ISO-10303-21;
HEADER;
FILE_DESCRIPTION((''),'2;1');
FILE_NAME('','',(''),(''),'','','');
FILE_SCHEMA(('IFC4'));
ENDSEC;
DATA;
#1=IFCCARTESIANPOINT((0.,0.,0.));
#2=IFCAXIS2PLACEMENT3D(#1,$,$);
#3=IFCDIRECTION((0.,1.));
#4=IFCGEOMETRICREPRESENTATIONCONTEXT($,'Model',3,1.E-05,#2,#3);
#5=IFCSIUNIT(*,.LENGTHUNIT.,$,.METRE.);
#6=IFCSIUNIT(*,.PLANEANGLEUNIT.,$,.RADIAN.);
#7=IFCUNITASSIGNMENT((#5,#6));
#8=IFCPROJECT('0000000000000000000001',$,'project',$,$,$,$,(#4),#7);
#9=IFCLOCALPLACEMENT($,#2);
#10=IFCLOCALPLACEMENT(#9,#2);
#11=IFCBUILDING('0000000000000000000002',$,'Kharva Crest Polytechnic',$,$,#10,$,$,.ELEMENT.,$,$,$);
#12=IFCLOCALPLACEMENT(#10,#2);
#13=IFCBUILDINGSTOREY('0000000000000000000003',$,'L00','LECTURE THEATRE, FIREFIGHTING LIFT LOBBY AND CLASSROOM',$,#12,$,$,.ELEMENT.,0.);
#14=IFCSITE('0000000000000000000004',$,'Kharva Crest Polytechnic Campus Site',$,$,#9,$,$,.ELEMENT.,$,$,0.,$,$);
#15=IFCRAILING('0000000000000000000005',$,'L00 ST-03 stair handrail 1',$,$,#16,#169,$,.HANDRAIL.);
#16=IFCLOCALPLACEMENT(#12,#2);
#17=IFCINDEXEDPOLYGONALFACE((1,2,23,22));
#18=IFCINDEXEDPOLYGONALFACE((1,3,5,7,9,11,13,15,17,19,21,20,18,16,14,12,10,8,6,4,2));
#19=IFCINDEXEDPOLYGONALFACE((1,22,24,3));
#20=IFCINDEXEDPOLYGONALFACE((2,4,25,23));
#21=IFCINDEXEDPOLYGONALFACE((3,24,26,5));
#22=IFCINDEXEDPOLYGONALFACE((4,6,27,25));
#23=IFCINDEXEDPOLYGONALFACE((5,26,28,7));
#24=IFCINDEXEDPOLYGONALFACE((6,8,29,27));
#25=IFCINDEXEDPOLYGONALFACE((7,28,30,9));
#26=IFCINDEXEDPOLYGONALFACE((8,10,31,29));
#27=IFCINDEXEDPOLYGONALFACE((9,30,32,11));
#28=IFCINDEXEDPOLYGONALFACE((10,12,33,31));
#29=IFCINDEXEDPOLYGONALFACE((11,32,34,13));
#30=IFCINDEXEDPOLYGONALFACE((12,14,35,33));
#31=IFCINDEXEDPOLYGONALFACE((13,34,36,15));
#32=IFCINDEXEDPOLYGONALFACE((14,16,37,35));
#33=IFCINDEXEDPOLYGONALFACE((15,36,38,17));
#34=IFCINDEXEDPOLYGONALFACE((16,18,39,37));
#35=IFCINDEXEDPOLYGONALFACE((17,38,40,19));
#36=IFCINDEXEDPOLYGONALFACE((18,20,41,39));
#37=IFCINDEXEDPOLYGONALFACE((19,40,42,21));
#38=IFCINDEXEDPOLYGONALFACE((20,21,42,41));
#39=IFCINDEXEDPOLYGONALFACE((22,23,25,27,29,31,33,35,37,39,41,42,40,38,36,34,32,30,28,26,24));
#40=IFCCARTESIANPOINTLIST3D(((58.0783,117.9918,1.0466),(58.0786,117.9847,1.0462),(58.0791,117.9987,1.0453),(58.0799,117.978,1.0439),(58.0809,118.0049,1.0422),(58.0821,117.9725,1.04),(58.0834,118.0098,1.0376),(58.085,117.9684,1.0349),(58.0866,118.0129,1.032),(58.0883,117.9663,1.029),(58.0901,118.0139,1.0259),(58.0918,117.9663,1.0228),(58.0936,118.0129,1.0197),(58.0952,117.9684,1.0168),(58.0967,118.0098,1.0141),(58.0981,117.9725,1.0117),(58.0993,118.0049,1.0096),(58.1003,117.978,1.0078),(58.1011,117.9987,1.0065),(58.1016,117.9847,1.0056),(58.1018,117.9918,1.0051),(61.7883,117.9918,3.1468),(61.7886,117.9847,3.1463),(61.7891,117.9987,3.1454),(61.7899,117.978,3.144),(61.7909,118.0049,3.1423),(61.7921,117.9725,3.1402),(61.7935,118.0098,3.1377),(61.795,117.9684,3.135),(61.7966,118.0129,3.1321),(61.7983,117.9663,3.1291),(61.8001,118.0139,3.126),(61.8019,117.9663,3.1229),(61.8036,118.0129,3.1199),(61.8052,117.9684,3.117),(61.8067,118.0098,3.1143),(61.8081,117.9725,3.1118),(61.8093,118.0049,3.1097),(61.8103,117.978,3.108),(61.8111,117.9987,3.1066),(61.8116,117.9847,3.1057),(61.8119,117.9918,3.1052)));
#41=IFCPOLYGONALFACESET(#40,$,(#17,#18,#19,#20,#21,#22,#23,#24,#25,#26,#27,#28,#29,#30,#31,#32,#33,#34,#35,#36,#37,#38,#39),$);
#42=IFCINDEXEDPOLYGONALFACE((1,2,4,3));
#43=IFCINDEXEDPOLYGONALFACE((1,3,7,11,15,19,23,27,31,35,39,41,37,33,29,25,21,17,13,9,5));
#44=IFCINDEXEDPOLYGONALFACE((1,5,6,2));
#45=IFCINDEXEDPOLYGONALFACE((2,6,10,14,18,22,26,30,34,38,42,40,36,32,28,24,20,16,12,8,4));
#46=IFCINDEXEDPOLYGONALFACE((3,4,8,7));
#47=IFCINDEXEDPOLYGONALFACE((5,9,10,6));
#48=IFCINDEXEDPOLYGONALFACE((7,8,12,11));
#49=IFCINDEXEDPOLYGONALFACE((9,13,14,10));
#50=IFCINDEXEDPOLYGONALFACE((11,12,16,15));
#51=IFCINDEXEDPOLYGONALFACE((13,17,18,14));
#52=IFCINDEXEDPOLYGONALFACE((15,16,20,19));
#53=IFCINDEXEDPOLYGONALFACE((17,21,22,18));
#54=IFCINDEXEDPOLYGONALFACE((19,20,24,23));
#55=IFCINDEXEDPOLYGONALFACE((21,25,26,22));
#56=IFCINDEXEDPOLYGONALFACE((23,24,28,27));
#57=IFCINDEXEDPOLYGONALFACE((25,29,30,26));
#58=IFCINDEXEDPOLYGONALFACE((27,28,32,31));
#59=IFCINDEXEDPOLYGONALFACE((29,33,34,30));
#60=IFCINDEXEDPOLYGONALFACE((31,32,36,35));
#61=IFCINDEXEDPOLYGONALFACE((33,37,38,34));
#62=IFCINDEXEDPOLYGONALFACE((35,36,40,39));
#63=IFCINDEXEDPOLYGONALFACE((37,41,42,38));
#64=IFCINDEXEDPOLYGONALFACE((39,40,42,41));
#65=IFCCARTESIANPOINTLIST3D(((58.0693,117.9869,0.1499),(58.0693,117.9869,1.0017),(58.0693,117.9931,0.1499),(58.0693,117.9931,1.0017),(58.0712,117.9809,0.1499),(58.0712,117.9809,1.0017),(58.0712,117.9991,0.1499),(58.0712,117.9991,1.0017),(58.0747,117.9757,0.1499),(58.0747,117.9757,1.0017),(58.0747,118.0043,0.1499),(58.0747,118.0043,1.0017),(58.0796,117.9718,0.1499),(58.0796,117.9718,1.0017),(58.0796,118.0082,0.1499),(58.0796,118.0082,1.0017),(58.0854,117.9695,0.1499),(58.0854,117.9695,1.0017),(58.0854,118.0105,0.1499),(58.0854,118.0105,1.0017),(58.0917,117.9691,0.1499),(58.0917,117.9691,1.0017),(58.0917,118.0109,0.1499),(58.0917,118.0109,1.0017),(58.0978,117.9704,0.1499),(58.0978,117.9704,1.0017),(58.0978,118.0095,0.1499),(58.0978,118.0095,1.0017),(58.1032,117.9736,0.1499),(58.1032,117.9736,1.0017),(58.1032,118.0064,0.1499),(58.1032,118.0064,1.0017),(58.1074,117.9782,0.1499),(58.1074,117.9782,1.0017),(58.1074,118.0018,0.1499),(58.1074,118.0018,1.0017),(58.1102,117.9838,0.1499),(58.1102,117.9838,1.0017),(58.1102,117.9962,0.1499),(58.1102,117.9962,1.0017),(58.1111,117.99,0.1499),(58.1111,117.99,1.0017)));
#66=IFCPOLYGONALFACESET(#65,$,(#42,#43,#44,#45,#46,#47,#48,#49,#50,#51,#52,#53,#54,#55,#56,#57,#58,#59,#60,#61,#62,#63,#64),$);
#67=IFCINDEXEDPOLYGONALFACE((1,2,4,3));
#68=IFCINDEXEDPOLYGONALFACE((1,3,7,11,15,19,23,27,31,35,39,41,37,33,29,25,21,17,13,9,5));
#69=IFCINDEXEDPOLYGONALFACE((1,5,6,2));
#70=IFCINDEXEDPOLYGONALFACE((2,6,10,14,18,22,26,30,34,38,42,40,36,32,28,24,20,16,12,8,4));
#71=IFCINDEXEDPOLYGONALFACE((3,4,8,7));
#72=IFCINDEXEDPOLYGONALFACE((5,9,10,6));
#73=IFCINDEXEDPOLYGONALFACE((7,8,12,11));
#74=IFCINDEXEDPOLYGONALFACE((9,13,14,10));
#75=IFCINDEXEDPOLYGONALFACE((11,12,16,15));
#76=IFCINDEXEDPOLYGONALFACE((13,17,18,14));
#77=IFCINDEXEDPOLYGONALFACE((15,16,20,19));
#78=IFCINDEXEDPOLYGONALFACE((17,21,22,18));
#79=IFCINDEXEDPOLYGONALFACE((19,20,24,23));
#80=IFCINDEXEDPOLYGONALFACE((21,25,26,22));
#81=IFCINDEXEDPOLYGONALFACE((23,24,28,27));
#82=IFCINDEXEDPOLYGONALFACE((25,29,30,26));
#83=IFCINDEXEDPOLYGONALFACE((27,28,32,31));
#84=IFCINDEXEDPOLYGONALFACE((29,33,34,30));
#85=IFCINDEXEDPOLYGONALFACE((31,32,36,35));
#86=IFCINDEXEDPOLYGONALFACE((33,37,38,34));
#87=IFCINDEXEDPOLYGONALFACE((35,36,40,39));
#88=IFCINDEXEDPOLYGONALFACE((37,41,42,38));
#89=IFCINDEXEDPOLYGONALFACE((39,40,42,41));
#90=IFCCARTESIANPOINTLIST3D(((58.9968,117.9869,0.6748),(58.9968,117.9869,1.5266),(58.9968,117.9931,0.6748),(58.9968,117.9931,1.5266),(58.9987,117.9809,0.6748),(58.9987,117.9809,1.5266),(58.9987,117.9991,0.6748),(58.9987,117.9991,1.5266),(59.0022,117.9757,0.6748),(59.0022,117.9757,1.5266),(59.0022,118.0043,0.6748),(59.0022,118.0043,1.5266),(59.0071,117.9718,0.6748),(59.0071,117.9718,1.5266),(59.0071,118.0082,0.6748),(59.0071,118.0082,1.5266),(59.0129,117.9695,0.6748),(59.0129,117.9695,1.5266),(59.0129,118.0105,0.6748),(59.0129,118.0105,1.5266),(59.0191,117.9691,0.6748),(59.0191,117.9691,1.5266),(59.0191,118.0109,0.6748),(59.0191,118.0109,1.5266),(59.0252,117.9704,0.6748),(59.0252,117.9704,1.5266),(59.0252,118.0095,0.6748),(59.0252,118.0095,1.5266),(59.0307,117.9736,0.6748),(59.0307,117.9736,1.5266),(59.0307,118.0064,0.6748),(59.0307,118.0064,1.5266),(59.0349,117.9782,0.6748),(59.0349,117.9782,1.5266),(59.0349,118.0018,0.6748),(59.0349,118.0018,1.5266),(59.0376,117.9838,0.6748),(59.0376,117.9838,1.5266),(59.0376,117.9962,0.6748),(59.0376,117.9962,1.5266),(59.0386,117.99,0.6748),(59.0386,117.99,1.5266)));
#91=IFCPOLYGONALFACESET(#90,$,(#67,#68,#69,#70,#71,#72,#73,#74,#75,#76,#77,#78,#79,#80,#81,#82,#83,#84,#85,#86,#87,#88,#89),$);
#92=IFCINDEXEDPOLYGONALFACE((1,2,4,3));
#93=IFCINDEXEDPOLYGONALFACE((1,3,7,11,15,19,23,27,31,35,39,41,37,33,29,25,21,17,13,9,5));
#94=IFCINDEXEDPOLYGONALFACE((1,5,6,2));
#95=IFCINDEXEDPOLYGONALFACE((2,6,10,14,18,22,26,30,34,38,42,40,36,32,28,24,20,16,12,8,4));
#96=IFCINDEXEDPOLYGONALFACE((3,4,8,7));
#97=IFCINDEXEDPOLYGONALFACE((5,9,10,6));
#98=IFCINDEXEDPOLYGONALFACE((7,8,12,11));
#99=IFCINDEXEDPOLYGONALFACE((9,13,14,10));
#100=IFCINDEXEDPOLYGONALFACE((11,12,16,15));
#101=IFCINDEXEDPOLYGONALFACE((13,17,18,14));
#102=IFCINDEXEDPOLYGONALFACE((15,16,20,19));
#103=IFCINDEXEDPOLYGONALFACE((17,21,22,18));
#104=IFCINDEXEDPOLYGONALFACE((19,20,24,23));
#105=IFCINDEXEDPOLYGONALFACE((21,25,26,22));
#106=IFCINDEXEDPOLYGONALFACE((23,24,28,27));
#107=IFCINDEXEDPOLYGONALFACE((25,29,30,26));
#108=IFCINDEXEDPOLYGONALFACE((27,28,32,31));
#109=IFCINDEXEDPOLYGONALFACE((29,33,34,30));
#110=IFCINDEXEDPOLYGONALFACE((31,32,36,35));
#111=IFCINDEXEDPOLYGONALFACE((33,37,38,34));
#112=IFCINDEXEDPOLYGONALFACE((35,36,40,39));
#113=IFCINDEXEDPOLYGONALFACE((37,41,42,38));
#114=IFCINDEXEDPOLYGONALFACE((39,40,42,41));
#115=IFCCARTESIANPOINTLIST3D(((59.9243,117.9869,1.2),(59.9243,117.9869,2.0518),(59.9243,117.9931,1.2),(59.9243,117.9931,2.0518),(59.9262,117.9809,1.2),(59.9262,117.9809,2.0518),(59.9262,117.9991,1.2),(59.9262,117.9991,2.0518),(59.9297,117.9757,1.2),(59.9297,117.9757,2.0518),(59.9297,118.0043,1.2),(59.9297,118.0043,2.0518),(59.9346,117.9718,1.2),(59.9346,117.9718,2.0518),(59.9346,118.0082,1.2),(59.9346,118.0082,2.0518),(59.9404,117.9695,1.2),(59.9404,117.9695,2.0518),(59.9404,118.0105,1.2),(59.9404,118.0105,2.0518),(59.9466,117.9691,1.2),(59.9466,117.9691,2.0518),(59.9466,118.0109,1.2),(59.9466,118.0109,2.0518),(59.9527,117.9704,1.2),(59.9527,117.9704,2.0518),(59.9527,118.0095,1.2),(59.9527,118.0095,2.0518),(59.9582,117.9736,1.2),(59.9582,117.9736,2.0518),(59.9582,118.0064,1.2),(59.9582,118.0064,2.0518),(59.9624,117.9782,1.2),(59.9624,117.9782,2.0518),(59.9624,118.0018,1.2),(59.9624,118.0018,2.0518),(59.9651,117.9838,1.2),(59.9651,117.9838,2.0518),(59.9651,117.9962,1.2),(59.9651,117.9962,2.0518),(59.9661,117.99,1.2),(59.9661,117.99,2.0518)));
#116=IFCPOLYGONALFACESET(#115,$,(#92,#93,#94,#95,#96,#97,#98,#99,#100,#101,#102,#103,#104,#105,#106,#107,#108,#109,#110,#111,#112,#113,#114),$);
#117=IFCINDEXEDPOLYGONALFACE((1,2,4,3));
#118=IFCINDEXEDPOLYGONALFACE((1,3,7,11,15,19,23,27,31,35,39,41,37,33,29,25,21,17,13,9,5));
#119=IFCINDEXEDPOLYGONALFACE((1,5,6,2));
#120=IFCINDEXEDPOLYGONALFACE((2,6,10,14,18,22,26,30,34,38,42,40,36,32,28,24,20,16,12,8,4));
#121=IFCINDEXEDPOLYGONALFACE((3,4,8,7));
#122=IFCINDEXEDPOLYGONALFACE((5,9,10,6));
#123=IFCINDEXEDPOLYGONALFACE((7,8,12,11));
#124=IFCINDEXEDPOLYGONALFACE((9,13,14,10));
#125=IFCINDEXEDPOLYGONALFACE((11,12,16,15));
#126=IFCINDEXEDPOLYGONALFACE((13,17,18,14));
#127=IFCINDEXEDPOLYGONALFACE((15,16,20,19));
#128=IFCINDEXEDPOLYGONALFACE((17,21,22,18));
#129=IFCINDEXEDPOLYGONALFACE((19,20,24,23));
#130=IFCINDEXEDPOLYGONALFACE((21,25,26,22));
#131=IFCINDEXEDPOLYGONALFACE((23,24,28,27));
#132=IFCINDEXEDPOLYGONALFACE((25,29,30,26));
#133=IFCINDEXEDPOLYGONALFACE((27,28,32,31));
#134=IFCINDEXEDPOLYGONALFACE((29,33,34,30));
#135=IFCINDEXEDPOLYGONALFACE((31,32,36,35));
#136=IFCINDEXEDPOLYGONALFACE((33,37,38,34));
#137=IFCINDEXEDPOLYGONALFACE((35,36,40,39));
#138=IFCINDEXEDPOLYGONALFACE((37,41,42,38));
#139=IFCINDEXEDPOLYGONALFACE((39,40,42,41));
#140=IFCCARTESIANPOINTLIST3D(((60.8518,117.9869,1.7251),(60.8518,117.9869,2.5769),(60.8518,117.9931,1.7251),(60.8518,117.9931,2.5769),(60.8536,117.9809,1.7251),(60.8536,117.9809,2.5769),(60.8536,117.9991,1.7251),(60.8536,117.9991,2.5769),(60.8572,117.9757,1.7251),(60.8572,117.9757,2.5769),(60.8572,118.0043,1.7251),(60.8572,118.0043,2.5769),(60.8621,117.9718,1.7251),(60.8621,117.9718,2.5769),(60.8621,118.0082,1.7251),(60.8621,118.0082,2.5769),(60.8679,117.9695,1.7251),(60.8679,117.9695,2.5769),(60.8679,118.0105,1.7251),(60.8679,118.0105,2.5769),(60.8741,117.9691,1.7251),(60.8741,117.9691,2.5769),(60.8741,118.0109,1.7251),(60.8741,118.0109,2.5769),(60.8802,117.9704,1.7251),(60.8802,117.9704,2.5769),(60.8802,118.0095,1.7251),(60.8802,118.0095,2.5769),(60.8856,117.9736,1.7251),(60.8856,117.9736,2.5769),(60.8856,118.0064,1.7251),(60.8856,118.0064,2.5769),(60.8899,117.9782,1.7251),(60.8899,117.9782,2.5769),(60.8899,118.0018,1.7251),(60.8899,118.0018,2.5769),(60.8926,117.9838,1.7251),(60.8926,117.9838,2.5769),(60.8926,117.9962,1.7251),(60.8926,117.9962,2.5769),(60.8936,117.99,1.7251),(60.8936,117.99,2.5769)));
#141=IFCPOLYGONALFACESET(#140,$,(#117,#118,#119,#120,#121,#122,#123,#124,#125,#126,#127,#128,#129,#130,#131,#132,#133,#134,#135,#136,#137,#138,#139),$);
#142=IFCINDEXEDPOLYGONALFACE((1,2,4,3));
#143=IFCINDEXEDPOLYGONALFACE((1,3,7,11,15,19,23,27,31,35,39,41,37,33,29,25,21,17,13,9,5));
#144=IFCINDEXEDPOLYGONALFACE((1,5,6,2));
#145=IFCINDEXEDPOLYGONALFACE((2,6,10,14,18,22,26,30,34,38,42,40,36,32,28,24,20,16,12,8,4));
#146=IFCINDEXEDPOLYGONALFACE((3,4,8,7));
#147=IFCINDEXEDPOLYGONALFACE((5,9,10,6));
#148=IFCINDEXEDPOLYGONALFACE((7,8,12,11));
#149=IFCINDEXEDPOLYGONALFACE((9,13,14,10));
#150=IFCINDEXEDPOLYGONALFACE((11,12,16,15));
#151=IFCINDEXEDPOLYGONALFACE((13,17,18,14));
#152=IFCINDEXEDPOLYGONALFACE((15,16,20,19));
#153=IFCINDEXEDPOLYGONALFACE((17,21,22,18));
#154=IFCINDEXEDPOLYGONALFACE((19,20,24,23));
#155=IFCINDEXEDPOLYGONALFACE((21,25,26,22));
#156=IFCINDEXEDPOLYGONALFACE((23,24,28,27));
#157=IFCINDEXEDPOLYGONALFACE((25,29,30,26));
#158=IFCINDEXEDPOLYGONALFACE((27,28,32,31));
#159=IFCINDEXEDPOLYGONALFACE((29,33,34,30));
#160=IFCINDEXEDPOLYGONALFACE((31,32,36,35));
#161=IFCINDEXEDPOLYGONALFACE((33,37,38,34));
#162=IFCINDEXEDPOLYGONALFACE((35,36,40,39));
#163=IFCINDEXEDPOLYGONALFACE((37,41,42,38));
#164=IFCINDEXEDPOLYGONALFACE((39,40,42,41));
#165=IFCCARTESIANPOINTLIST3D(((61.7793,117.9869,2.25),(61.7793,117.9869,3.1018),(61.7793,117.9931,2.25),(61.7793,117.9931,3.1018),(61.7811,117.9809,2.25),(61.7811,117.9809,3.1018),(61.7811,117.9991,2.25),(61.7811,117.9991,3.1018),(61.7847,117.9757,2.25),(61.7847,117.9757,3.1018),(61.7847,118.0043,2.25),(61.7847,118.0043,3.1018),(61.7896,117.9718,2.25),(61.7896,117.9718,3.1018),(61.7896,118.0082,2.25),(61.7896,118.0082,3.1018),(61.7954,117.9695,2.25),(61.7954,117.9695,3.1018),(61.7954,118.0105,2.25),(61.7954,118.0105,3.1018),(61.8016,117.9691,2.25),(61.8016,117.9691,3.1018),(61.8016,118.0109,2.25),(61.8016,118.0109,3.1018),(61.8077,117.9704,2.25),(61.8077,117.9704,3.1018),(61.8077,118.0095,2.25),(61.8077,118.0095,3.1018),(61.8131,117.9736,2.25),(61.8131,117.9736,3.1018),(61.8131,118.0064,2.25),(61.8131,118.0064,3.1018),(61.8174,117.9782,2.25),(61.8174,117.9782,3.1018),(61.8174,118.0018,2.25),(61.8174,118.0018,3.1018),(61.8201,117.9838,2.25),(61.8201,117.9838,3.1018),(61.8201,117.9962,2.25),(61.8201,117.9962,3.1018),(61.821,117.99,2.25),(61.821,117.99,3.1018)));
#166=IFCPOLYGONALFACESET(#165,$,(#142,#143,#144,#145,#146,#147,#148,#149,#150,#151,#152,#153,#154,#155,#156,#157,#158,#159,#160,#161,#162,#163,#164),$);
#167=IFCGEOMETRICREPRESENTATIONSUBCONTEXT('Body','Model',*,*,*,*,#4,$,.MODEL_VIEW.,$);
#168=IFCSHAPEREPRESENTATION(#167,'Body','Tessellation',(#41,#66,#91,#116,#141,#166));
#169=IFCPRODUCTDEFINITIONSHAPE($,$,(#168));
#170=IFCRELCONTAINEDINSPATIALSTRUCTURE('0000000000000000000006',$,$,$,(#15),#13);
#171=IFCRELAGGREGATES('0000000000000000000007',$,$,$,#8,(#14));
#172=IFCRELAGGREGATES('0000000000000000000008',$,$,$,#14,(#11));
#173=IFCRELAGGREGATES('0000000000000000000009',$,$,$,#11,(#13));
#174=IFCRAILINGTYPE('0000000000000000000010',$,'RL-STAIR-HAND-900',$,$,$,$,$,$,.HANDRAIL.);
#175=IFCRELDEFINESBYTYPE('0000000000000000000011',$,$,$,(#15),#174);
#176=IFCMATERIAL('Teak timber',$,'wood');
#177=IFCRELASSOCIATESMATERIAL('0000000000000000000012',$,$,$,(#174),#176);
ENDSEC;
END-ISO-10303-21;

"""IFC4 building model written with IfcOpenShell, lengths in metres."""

from ifc_helpers import new_model, si_unit, direction, frame, origin, origin_2d, place, context, subcontext, project, spatial, circle, extrude, material, type_object, element, save


model = new_model("IFC4")

# Units and contexts
model_context = context("Model", 3, precision=1e-05, world=origin(), true_north=direction((0.0, 1.0)))
body_context = subcontext(model_context, "Body", "Model", "MODEL_VIEW")
ifc_project = project(units=[si_unit("LENGTHUNIT", "METRE"), si_unit("PLANEANGLEUNIT", "RADIAN")], contexts=[model_context])

# Site, building, storey
site_placement = place(None, origin())
site = spatial("IfcSite", under=ifc_project, at=site_placement, Name="Kharva Crest Polytechnic Campus Site", CompositionType="ELEMENT", RefElevation=0.0)
building_placement = place(site_placement, origin())
building = spatial("IfcBuilding", under=site, at=building_placement, Name="Kharva Crest Polytechnic", CompositionType="ELEMENT")
storey_placement = place(building_placement, origin())
storey = spatial("IfcBuildingStorey", under=building, at=storey_placement, Name="L00", Description="LECTURE THEATRE, FIREFIGHTING LIFT LOBBY AND CLASSROOM", CompositionType="ELEMENT", Elevation=0.0)

# Shared definitions
ifc_material_1 = material(Name="Teak timber", Category="wood")

# Railing
railing_type_1 = type_object("IfcRailingType", Name="RL-STAIR-HAND-900", PredefinedType="HANDRAIL", material=ifc_material_1)
railing_1_placement = place(storey_placement, frame((58.0901, 117.99, 0.1499)))
element("IfcRailing", 1, at=railing_1_placement, inside=storey, type_object=railing_type_1, Name="L00 ST-03 stair handrail 1", PredefinedType="HANDRAIL", context=body_context, shape_type="SweptSolid", body=[
    extrude(circle(Radius=0.0239, at=origin_2d()), frame((0.0, 0.0, 0.876), z_axis=(0.870245, 0.0, 0.492619), x_axis=(0.0, 1.0, 0.0)), (0.0, 0.0, 1.0), 4.2632),
    extrude(circle(Radius=0.021, at=origin_2d()), origin(), (0.0, 0.0, 1.0), 0.8518),
    extrude(circle(Radius=0.021, at=origin_2d()), frame((0.9275, 0.0, 0.5249)), (0.0, 0.0, 1.0), 0.8518),
    extrude(circle(Radius=0.021, at=origin_2d()), frame((1.855, 0.0, 1.05)), (0.0, 0.0, 1.0), 0.8518),
    extrude(circle(Radius=0.021, at=origin_2d()), frame((2.7825, 0.0, 1.5752)), (0.0, 0.0, 1.0), 0.8518),
    extrude(circle(Radius=0.021, at=origin_2d()), frame((3.71, 0.0, 2.1001)), (0.0, 0.0, 1.0), 0.8518),
])

save(model, "model.ifc")
